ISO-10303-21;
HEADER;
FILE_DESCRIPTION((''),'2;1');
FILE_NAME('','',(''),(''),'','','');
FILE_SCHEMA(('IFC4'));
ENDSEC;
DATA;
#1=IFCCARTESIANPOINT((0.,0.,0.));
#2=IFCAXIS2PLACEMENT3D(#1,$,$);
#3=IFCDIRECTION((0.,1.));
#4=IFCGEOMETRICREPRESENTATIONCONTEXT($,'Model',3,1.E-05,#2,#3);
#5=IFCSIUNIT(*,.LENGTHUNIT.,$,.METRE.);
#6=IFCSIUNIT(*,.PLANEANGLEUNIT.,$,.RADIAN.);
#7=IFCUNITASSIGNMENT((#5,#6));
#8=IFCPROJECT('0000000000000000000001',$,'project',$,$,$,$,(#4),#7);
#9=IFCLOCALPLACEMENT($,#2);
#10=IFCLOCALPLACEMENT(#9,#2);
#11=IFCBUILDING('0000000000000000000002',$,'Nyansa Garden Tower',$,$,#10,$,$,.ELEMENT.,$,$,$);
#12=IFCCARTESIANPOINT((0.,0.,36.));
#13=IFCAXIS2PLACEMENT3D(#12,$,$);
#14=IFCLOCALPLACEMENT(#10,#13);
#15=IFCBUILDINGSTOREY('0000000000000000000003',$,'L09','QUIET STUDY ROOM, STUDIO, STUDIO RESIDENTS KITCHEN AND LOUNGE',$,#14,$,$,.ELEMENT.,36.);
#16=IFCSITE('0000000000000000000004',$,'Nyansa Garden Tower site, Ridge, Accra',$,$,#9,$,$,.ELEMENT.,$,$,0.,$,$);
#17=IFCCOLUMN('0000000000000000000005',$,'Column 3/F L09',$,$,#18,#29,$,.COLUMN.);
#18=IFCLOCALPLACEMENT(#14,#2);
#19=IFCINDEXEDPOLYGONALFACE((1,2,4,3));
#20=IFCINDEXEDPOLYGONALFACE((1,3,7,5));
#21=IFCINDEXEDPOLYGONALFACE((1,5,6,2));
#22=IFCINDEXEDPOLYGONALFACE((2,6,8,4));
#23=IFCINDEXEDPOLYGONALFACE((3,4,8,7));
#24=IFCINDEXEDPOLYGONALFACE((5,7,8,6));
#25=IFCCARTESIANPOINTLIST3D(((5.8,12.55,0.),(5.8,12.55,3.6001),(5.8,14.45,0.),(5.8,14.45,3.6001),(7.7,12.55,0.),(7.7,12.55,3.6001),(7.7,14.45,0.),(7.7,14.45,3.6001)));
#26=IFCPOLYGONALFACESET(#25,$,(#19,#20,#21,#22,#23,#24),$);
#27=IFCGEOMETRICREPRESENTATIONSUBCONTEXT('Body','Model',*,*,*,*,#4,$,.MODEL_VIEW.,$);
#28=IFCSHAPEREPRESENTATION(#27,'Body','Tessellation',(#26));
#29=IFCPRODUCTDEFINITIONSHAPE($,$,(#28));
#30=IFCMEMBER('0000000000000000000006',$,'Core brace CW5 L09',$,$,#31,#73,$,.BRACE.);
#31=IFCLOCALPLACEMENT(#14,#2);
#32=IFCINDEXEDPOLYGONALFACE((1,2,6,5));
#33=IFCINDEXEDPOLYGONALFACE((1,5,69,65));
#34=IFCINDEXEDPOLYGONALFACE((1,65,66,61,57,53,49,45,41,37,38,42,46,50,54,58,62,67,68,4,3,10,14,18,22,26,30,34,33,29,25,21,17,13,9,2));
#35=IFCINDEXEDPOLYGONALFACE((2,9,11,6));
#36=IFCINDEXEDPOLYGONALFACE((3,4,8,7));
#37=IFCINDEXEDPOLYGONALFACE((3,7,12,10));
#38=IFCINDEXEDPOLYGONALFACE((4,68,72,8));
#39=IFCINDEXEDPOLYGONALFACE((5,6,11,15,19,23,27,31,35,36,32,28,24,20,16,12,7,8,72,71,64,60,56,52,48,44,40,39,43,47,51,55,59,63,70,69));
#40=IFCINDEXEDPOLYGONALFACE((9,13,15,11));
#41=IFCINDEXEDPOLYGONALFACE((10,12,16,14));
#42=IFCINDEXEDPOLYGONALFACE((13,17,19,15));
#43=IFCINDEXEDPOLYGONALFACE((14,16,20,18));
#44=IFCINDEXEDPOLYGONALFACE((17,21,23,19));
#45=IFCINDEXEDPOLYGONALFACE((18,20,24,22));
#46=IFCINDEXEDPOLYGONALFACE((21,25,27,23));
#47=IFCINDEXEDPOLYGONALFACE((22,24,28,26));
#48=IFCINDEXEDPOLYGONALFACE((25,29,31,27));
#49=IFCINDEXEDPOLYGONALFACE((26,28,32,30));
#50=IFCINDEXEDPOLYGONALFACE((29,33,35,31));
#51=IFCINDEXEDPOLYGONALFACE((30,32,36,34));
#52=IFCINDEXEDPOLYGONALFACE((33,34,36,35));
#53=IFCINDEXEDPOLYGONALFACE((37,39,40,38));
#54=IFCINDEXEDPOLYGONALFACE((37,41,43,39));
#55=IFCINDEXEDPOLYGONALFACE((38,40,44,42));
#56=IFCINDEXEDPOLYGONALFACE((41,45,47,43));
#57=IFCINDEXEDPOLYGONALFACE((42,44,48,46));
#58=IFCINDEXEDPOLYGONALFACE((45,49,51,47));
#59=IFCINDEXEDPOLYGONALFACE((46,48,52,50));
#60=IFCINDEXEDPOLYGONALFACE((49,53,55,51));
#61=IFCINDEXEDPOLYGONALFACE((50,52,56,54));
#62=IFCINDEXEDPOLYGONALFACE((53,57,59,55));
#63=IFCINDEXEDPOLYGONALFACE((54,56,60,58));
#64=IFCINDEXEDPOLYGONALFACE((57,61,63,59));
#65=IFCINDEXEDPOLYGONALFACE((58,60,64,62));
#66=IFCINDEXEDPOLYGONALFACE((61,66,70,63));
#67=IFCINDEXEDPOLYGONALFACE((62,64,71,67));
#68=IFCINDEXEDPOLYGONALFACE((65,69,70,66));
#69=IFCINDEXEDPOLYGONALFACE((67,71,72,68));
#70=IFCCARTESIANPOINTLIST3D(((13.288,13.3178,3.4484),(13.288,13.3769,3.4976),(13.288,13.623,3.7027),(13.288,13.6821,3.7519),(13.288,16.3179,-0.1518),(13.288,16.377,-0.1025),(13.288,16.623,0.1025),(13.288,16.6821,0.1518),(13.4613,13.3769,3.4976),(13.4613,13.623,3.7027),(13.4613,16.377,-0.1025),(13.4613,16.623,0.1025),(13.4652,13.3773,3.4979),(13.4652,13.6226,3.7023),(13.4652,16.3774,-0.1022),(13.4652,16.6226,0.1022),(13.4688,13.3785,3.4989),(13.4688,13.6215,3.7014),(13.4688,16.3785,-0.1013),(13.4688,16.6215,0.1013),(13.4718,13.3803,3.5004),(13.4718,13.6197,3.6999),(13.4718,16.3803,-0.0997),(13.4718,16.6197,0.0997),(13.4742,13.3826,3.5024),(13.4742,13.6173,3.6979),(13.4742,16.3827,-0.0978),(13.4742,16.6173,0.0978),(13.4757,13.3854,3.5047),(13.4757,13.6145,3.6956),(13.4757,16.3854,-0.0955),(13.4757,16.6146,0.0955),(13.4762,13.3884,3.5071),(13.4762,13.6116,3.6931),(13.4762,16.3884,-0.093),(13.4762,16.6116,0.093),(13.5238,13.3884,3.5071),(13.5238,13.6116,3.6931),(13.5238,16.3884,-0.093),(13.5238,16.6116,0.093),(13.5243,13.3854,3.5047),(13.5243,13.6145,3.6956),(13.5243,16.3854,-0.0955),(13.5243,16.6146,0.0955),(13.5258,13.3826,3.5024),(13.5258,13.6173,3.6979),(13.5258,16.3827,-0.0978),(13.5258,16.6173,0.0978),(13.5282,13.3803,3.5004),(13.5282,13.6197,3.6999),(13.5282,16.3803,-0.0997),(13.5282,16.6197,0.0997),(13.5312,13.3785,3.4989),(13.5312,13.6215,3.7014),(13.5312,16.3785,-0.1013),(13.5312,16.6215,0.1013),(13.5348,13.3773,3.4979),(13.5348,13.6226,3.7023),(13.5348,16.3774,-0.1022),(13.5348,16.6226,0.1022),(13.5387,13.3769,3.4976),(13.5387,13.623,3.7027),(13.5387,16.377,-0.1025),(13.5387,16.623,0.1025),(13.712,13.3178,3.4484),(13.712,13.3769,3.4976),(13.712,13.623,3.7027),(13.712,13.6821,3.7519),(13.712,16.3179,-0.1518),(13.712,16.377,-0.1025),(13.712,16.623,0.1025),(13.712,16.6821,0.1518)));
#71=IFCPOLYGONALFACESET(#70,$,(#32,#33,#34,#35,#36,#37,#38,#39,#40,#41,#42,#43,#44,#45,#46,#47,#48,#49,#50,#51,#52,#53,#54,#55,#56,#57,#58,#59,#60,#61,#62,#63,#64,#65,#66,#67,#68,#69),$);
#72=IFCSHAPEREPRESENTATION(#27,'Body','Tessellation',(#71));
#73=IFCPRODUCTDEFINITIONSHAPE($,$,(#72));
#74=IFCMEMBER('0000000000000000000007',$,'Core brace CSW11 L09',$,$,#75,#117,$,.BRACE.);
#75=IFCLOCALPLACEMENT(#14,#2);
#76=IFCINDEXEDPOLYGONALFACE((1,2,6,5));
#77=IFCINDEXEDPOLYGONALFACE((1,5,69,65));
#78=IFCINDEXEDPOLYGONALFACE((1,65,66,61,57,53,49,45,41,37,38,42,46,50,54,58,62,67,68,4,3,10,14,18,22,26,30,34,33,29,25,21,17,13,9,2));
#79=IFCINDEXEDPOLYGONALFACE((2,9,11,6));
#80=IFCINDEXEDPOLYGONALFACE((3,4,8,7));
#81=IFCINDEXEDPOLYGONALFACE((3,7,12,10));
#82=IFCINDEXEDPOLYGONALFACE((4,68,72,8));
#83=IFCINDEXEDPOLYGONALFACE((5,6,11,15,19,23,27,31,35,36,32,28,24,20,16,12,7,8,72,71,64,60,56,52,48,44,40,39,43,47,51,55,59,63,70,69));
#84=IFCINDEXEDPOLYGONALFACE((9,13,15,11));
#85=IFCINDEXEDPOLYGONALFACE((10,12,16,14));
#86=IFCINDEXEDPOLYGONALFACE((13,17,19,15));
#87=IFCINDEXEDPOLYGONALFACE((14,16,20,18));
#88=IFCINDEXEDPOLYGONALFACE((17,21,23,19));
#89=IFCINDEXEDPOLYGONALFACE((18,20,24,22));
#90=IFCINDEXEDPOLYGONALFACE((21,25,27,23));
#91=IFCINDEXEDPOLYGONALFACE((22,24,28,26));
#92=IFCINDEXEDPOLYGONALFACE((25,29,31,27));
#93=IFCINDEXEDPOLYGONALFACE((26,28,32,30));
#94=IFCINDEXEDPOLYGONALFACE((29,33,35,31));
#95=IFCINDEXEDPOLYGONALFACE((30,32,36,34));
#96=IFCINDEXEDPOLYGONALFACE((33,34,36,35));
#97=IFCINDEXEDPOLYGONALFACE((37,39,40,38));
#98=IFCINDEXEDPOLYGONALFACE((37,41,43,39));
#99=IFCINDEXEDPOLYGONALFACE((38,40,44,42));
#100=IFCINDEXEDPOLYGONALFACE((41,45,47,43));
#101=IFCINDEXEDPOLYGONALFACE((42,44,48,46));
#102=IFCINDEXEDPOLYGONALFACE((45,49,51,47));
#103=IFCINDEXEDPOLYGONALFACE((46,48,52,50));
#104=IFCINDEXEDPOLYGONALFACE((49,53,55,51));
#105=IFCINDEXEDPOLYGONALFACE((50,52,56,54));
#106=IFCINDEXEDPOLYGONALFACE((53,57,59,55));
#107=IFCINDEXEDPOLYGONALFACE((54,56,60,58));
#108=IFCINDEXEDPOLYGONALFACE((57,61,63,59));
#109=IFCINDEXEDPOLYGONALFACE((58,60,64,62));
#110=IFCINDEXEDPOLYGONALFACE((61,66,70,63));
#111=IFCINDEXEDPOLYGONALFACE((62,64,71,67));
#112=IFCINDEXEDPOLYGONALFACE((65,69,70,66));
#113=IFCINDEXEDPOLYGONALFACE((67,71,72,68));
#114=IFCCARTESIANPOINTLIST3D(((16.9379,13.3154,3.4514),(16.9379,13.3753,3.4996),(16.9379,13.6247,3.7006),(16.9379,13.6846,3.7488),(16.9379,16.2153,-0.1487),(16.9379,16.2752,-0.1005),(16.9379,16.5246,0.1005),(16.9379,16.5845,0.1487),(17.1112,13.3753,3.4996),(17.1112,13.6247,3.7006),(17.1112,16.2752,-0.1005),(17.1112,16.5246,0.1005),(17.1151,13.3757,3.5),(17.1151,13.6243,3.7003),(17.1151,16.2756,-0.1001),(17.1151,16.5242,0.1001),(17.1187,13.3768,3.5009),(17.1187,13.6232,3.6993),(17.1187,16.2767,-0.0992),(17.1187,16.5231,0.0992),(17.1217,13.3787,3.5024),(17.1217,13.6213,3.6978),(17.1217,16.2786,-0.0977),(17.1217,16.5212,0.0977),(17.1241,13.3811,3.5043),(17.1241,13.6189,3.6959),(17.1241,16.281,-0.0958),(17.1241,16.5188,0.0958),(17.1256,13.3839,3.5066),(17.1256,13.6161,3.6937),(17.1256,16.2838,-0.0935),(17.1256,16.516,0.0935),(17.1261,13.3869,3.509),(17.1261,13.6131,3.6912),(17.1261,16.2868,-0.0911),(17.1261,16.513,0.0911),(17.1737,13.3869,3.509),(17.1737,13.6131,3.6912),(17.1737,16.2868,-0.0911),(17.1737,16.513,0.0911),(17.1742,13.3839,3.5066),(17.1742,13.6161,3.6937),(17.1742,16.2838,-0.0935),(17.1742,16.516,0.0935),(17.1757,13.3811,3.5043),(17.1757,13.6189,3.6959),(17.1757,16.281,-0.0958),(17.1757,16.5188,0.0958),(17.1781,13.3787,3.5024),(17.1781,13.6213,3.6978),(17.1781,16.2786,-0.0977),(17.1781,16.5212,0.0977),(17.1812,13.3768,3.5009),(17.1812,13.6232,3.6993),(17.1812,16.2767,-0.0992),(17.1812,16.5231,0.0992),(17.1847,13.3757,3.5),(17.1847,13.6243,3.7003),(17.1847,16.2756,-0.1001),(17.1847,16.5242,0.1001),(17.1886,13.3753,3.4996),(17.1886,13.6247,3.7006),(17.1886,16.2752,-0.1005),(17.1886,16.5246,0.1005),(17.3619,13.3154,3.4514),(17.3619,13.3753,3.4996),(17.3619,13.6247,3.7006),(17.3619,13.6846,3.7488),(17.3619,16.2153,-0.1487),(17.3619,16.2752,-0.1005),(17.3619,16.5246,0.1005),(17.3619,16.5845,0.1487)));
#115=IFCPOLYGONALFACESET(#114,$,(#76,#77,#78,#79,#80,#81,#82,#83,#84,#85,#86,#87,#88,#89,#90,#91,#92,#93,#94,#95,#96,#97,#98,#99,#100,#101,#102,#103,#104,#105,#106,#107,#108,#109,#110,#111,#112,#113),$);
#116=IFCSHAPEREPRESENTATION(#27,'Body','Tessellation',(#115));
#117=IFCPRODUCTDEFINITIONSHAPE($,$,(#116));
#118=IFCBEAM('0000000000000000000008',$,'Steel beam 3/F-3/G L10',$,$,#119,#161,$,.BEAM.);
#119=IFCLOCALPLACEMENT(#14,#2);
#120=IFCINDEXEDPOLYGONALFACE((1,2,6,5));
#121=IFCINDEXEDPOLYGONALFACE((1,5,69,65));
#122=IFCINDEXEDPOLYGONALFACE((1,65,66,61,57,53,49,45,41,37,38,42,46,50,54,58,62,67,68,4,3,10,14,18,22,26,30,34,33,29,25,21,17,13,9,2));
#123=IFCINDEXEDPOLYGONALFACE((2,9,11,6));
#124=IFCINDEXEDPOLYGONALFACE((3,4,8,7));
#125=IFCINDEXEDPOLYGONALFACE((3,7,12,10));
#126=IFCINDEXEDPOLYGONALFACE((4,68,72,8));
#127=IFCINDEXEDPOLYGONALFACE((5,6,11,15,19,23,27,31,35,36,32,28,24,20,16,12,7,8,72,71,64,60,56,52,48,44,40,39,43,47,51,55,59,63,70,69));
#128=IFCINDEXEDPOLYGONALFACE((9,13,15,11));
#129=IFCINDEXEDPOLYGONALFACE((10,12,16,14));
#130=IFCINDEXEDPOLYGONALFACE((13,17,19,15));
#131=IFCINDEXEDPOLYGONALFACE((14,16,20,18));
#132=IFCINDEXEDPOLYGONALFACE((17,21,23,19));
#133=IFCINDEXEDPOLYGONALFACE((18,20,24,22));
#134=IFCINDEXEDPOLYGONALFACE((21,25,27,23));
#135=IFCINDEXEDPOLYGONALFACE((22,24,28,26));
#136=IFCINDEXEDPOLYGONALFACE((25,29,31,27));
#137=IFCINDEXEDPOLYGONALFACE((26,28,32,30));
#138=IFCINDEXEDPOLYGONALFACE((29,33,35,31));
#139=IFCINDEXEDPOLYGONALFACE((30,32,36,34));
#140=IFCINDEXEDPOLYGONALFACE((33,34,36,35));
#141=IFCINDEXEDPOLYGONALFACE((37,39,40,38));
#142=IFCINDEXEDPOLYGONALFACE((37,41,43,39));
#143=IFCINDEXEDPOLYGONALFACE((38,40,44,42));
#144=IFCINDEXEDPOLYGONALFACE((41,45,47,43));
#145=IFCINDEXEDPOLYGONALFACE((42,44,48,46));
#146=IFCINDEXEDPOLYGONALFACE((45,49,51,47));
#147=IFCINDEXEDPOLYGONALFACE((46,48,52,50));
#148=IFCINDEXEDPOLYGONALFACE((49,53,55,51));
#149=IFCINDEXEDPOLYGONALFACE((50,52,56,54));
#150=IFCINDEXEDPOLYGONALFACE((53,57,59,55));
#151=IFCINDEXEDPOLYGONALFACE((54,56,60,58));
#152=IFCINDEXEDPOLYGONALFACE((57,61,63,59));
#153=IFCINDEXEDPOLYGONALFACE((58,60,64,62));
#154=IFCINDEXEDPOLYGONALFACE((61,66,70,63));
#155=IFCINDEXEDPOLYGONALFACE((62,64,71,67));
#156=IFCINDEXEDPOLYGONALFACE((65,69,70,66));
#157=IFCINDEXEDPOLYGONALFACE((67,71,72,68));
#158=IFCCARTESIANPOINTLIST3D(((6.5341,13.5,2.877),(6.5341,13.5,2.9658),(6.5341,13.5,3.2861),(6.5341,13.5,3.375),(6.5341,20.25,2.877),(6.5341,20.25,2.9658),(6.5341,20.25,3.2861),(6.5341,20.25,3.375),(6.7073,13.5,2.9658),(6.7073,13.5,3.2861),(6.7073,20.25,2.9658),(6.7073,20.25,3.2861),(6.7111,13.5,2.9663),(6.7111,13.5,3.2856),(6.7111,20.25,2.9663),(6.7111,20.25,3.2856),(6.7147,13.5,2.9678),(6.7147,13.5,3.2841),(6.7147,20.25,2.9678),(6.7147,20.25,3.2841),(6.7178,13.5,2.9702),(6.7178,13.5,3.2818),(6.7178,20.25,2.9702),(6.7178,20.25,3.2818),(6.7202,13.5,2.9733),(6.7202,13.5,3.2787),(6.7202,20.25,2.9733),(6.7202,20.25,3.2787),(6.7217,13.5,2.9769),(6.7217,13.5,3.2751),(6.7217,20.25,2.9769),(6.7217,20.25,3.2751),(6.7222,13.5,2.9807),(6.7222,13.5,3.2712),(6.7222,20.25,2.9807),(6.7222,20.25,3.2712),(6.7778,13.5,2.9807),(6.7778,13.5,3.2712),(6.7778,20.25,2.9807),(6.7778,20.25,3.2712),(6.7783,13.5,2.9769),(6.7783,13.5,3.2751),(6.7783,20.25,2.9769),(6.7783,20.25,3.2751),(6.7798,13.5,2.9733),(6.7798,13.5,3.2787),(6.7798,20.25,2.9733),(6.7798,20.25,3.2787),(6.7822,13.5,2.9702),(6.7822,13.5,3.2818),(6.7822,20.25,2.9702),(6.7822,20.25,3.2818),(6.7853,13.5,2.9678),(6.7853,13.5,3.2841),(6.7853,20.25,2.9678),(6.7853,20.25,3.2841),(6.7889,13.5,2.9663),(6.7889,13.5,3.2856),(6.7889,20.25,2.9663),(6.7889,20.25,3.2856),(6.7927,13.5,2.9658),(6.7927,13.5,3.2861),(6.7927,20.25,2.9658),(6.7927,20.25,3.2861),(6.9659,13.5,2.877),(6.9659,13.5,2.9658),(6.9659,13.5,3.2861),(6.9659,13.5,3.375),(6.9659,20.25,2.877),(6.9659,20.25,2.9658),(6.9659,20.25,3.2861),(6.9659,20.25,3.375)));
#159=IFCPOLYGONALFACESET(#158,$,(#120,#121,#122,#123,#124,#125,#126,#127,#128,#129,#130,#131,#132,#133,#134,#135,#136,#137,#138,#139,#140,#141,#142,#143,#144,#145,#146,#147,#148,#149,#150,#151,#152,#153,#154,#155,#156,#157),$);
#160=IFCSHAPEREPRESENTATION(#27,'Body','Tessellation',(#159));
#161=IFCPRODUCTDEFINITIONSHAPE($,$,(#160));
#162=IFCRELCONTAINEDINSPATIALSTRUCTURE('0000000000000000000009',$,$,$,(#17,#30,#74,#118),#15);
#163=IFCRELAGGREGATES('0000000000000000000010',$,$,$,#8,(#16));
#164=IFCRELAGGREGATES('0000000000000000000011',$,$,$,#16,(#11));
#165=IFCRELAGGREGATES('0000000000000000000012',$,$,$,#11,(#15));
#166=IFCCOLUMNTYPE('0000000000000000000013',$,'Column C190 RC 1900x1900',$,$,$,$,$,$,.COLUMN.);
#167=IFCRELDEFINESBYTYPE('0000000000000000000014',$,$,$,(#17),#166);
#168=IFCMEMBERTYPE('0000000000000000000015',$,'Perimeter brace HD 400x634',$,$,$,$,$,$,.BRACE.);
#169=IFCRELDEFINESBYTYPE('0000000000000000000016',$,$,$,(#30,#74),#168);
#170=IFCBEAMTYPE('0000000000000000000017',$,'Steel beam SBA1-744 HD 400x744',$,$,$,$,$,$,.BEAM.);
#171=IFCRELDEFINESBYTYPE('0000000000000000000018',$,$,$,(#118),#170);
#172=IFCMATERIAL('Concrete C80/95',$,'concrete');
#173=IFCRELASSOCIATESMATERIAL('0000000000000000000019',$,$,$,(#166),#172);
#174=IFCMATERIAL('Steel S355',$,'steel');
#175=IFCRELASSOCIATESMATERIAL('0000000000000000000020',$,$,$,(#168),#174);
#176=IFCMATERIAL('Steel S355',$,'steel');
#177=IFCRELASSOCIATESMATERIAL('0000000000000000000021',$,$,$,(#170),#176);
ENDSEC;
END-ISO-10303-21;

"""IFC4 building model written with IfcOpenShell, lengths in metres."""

from ifc_helpers import new_model, si_unit, direction, frame, origin, origin_2d, place, context, subcontext, project, spatial, rectangle, i_section, extrude, material, material_profile, profile_set, type_object, element, save


model = new_model("IFC4")

# Units and contexts
model_context = context("Model", 3, precision=1e-05, world=origin(), true_north=direction((0.0, 1.0)))
body_context = subcontext(model_context, "Body", "Model", "MODEL_VIEW")
ifc_project = project(units=[si_unit("LENGTHUNIT", "METRE"), si_unit("PLANEANGLEUNIT", "RADIAN")], contexts=[model_context])

# Site, building, storey
site_placement = place(None, origin())
site = spatial("IfcSite", under=ifc_project, at=site_placement, Name="Nyansa Garden Tower site, Ridge, Accra", CompositionType="ELEMENT", RefElevation=0.0)
building_placement = place(site_placement, origin())
building = spatial("IfcBuilding", under=site, at=building_placement, Name="Nyansa Garden Tower", CompositionType="ELEMENT")
storey_placement = place(building_placement, frame((0.0, 0.0, 36.0)))
storey = spatial("IfcBuildingStorey", under=building, at=storey_placement, Name="L09", Description="QUIET STUDY ROOM, STUDIO, STUDIO RESIDENTS KITCHEN AND LOUNGE", CompositionType="ELEMENT", Elevation=36.0)

# Column
ifc_material_1 = material(Name="Concrete C80/95", Category="concrete")
ifc_material_profile_1 = material_profile(ifc_material_1, rectangle(XDim=1.8999, YDim=1.8999, at=origin_2d()), Name="RC 1900x1900")
ifc_profile_set_1 = profile_set([ifc_material_profile_1], Name="Concrete C80/95")
column_type = type_object("IfcColumnType", Name="Column C190 RC 1900x1900", PredefinedType="COLUMN", material=ifc_profile_set_1)
column_placement = place(storey_placement, frame((6.75, 13.5, 0.0), z_axis=(0.0, 0.0, 1.0), x_axis=(1.0, 0.0, 0.0)))
element("IfcColumn", 1, at=column_placement, inside=storey, type_object=column_type, Name="Column 3/F L09", PredefinedType="COLUMN", context=body_context, shape_type="SweptSolid", body=[
    extrude(rectangle(XDim=1.8999, YDim=1.8999, at=origin_2d()), origin(), (0.0, 0.0, 1.0), 3.6001),
])

# Members
ifc_material_2 = material(Name="Steel S355", Category="steel")
ifc_material_profile_2 = material_profile(ifc_material_2, i_section(OverallWidth=0.4241, OverallDepth=0.4741, WebThickness=0.0476, FlangeThickness=0.0769, FilletRadius=0.0149, at=origin_2d()), Name="HD 400x634")
ifc_profile_set_2 = profile_set([ifc_material_profile_2], Name="Steel S355")
member_type = type_object("IfcMemberType", Name="Perimeter brace HD 400x634", PredefinedType="BRACE", material=ifc_profile_set_2)
member_1_placement = place(storey_placement, frame((13.5, 16.5, 0.0), z_axis=(0.0, -0.640174, 0.76823), x_axis=(1.0, 0.0, 0.0)))
element("IfcMember", 2, at=member_1_placement, inside=storey, type_object=member_type, Name="Core brace CW5 L09", PredefinedType="BRACE", context=body_context, shape_type="SweptSolid", body=[
    extrude(i_section(OverallWidth=0.4241, OverallDepth=0.4741, WebThickness=0.0476, FlangeThickness=0.0769, FilletRadius=0.0149, at=origin_2d()), origin(), (0.0, 0.0, 1.0), 4.6863),
])
member_2_placement = place(storey_placement, frame((17.1499, 16.3999, 0.0), z_axis=(0.0, -0.627306, 0.778773), x_axis=(1.0, 0.0, 0.0)))
element("IfcMember", 3, at=member_2_placement, inside=storey, type_object=member_type, Name="Core brace CSW11 L09", PredefinedType="BRACE", context=body_context, shape_type="SweptSolid", body=[
    extrude(i_section(OverallWidth=0.4241, OverallDepth=0.4741, WebThickness=0.0476, FlangeThickness=0.0769, FilletRadius=0.0149, at=origin_2d()), origin(), (0.0, 0.0, 1.0), 4.6228),
])

# Beam
ifc_material_3 = material(Name="Steel S355", Category="steel")
ifc_material_profile_3 = material_profile(ifc_material_3, i_section(OverallWidth=0.4319, OverallDepth=0.498, WebThickness=0.0557, FlangeThickness=0.0889, FilletRadius=0.0149, at=origin_2d()), Name="HD 400x744")
ifc_profile_set_3 = profile_set([ifc_material_profile_3], Name="Steel S355")
beam_type_1 = type_object("IfcBeamType", Name="Steel beam SBA1-744 HD 400x744", PredefinedType="BEAM", material=ifc_profile_set_3)
beam_1_placement = place(storey_placement, frame((6.75, 13.5, 3.126), z_axis=(0.0, 1.0, 0.0), x_axis=(-1.0, 0.0, 0.0)))
element("IfcBeam", 4, at=beam_1_placement, inside=storey, type_object=beam_type_1, Name="Steel beam 3/F-3/G L10", PredefinedType="BEAM", context=body_context, shape_type="SweptSolid", body=[
    extrude(i_section(OverallWidth=0.4319, OverallDepth=0.498, WebThickness=0.0557, FlangeThickness=0.0889, FilletRadius=0.0149, at=origin_2d()), origin(), (0.0, 0.0, 1.0), 6.75),
])

save(model, "model.ifc")
